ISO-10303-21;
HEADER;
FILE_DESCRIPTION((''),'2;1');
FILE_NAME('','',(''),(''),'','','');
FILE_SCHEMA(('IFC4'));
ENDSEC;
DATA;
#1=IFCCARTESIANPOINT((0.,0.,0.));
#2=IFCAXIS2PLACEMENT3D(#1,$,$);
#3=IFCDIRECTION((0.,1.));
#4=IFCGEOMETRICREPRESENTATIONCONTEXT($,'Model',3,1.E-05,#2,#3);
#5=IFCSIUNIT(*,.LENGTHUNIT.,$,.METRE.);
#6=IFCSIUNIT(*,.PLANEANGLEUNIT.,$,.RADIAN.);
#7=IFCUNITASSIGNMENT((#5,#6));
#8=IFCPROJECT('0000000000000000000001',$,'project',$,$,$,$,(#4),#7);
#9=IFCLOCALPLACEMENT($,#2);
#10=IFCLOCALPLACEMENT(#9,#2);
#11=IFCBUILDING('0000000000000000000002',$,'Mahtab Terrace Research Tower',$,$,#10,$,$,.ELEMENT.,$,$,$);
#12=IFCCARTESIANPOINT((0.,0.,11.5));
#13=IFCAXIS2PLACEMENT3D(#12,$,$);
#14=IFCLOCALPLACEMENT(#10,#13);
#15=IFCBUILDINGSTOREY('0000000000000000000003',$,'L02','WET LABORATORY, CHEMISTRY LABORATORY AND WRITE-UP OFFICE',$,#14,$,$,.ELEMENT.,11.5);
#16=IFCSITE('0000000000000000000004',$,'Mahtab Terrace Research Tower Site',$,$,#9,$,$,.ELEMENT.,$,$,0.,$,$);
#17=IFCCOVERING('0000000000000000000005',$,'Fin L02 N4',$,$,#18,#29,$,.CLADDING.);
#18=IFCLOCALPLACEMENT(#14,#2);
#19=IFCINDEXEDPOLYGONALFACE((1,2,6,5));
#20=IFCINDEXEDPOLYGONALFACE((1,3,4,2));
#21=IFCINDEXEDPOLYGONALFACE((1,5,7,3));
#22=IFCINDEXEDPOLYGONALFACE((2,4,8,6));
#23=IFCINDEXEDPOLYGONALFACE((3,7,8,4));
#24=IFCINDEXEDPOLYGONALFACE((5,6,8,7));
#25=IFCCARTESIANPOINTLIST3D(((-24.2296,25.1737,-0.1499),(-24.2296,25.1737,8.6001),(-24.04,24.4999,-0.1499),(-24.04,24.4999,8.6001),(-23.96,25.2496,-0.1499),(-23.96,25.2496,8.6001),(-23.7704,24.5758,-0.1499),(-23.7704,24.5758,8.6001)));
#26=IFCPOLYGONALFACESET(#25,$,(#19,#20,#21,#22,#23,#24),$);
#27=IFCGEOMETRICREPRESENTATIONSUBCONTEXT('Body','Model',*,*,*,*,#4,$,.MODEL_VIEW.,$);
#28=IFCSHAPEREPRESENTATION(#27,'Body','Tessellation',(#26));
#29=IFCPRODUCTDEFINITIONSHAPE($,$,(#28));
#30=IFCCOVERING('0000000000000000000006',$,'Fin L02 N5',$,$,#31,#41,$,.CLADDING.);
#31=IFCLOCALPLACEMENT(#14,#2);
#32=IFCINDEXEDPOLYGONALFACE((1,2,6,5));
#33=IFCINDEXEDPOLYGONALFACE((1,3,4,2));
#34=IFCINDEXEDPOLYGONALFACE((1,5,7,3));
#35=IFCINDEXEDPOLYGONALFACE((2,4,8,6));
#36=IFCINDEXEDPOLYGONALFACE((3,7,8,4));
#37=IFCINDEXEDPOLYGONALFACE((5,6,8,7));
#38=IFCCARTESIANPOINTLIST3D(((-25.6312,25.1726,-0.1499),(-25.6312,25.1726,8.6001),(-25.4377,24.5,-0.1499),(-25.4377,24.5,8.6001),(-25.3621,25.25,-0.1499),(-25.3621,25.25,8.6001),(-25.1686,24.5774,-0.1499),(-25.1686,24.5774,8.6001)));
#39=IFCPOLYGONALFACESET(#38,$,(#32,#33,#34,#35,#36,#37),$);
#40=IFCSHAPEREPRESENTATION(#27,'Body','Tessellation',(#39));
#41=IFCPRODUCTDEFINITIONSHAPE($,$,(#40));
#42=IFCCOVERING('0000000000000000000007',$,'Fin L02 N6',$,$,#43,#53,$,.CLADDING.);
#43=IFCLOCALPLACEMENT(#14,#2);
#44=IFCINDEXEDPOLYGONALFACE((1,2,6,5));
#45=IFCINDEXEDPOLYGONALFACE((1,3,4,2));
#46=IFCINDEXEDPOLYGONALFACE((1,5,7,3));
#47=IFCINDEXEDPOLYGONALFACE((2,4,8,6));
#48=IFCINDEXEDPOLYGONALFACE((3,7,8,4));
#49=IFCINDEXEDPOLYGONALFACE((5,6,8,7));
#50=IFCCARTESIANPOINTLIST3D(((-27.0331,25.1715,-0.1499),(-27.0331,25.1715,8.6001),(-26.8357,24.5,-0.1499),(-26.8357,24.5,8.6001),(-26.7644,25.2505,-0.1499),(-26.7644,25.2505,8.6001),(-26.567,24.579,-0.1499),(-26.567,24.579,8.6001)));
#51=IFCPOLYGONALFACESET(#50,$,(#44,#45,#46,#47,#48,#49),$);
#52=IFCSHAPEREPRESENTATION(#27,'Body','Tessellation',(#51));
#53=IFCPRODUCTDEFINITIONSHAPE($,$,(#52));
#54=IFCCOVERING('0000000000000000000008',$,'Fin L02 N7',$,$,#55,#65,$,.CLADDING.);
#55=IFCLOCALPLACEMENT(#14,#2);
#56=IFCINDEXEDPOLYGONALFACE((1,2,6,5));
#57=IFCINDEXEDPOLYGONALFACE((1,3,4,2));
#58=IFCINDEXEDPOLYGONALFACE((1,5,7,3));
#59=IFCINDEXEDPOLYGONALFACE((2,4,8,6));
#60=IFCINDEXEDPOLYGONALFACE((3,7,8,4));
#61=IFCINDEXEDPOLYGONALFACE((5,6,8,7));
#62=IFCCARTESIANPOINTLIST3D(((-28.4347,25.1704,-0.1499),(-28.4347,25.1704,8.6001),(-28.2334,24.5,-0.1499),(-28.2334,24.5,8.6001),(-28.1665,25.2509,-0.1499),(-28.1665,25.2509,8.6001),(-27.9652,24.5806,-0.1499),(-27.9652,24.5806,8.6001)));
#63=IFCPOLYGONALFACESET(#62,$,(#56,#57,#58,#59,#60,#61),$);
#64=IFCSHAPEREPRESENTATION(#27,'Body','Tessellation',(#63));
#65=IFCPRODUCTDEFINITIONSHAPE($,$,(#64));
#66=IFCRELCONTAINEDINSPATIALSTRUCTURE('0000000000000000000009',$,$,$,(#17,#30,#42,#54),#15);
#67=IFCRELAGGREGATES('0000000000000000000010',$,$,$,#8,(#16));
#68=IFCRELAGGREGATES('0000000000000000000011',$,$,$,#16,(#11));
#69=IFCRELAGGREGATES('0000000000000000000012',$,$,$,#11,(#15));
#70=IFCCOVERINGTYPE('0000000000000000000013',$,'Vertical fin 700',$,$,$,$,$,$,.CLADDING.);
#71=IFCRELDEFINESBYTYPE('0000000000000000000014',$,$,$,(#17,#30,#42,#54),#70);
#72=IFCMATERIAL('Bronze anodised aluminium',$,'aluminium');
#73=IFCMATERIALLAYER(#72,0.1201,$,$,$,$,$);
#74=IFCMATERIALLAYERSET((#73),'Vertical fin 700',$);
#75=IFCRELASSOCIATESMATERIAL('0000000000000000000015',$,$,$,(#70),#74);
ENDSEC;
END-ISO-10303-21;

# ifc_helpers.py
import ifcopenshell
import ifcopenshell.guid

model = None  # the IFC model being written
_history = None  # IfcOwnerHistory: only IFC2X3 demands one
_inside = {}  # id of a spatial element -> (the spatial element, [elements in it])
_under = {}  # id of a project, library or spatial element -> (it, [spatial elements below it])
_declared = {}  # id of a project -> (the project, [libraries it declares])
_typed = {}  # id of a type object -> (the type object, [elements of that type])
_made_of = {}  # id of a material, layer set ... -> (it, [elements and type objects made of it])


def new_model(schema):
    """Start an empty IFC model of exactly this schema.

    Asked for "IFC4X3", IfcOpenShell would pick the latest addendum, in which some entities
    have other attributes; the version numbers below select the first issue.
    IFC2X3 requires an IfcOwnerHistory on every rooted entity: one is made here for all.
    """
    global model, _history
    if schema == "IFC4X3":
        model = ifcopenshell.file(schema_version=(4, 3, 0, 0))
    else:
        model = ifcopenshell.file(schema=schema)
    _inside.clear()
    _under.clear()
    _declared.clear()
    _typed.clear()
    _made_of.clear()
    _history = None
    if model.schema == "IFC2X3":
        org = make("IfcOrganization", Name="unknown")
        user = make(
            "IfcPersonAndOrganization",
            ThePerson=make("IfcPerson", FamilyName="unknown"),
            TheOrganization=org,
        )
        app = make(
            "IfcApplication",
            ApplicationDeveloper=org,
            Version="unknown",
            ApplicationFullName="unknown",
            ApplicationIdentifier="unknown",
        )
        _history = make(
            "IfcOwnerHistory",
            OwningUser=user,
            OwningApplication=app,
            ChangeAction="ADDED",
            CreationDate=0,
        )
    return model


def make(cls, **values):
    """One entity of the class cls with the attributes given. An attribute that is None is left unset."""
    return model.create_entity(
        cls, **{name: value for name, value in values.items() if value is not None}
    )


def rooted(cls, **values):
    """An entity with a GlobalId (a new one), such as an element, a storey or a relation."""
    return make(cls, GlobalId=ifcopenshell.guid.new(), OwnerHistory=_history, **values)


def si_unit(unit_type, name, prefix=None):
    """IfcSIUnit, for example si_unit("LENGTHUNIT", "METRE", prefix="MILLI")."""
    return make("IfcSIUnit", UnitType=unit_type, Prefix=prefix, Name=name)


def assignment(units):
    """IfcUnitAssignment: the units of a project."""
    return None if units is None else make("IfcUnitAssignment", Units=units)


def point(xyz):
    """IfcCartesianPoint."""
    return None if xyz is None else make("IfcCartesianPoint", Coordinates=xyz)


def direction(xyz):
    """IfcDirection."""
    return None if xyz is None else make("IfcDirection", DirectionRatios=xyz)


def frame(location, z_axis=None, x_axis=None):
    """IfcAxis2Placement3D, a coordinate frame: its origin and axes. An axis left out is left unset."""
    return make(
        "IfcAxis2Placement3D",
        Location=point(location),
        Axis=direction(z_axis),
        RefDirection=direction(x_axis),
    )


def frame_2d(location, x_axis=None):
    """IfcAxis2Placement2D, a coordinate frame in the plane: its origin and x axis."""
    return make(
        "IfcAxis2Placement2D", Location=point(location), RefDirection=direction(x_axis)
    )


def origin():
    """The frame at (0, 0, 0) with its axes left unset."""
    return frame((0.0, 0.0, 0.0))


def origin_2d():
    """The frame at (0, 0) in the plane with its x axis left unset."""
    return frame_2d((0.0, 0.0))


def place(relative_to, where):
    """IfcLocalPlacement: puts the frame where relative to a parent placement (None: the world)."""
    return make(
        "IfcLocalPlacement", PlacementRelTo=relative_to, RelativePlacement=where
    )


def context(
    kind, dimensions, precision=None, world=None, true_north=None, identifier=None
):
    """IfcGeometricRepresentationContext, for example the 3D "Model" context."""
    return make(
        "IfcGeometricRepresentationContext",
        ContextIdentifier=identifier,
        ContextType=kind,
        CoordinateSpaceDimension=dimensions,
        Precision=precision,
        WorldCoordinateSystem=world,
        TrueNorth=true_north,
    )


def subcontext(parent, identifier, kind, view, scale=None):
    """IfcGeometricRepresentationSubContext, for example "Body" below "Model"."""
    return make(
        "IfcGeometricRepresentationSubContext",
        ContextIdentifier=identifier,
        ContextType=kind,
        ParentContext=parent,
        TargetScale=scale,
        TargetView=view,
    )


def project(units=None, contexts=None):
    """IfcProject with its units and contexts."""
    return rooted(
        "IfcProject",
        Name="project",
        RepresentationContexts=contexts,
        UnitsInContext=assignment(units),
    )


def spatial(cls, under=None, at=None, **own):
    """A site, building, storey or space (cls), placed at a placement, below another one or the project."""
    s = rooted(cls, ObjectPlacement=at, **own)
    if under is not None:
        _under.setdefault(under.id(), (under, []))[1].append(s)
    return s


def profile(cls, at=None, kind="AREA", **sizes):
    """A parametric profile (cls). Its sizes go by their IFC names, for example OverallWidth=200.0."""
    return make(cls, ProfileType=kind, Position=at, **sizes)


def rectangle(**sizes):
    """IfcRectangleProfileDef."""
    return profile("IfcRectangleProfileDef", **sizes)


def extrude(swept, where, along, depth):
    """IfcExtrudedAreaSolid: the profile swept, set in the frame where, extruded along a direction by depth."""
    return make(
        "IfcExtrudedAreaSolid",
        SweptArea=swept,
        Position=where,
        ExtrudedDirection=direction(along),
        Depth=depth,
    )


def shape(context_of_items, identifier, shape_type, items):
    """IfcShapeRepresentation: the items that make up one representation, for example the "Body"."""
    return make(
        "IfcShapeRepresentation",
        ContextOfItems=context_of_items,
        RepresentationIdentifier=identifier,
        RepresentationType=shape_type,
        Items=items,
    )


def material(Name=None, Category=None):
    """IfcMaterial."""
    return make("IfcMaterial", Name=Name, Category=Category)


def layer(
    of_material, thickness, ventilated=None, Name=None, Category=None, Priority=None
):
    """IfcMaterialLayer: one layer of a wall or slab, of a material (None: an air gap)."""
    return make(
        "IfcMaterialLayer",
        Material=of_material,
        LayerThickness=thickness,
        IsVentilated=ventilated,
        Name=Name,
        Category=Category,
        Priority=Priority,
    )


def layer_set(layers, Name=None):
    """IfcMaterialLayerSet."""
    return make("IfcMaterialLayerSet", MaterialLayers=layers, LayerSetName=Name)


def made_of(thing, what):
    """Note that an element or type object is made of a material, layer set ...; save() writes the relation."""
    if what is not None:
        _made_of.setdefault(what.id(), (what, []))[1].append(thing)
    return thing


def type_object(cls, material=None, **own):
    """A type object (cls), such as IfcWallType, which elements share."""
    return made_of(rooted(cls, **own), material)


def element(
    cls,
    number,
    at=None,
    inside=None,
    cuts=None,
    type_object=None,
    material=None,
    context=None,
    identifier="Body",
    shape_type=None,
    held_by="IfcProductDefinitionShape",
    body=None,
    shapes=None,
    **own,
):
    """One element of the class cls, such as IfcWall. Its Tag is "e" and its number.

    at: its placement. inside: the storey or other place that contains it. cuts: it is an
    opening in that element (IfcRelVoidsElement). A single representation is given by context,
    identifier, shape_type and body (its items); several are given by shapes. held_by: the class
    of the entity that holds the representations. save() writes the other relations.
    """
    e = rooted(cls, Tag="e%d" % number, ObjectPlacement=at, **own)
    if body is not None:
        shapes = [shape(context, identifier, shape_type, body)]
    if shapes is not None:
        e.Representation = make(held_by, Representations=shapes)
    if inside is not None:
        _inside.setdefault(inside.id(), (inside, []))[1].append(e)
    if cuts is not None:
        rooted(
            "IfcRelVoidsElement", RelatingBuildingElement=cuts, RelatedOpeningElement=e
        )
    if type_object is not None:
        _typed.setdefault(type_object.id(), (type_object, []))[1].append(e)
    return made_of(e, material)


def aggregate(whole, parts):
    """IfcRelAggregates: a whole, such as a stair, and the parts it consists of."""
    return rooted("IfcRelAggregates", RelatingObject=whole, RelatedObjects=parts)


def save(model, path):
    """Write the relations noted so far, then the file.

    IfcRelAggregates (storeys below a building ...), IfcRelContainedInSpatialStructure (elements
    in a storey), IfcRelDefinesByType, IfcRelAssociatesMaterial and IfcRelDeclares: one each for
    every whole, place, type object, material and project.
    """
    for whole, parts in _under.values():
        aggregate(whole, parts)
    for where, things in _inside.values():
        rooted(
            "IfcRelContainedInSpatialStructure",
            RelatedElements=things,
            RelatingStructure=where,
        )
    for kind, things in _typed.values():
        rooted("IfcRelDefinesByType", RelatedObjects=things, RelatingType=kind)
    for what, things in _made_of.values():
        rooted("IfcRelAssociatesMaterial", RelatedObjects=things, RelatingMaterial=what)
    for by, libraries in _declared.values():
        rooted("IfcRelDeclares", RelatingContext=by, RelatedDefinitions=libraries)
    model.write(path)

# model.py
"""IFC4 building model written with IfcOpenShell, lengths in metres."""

from ifc_helpers import new_model, si_unit, direction, frame, origin, origin_2d, place, context, subcontext, project, spatial, rectangle, extrude, material, layer, layer_set, type_object, element, save


model = new_model("IFC4")

# Units and contexts
model_context = context("Model", 3, precision=1e-05, world=origin(), true_north=direction((0.0, 1.0)))
body_context = subcontext(model_context, "Body", "Model", "MODEL_VIEW")
ifc_project = project(units=[si_unit("LENGTHUNIT", "METRE"), si_unit("PLANEANGLEUNIT", "RADIAN")], contexts=[model_context])

# Site, building, storey
site_placement = place(None, origin())
site = spatial("IfcSite", under=ifc_project, at=site_placement, Name="Mahtab Terrace Research Tower Site", CompositionType="ELEMENT", RefElevation=0.0)
building_placement = place(site_placement, origin())
building = spatial("IfcBuilding", under=site, at=building_placement, Name="Mahtab Terrace Research Tower", CompositionType="ELEMENT")
storey_placement = place(building_placement, frame((0.0, 0.0, 11.5)))
storey = spatial("IfcBuildingStorey", under=building, at=storey_placement, Name="L02", Description="WET LABORATORY, CHEMISTRY LABORATORY AND WRITE-UP OFFICE", CompositionType="ELEMENT", Elevation=11.5)

# Coverings
ifc_material_1 = material(Name="Bronze anodised aluminium", Category="aluminium")
ifc_layer_1 = layer(ifc_material_1, 0.1201)
ifc_layer_set_1 = layer_set([ifc_layer_1], Name="Vertical fin 700")
covering_type = type_object("IfcCoveringType", Name="Vertical fin 700", PredefinedType="CLADDING", material=ifc_layer_set_1)
for number, where, z_axis, x_axis, name in (
    (1, (-24.0, 24.8748, -0.1499), (0.0, 0.0, 1.0), (-0.962624, -0.27084, 0.0), "Fin L02 N4"),
    (2, (-25.3999, 24.875, -0.1499), (0.0, 0.0, 1.0), (-0.961032, -0.276436, 0.0), "Fin L02 N5"),
    (3, (-26.8, 24.8752, -0.1499), (0.0, 0.0, 1.0), (-0.959408, -0.282023, 0.0), "Fin L02 N6"),
    (4, (-28.2, 24.8755, -0.1499), (0.0, 0.0, 1.0), (-0.957751, -0.287599, 0.0), "Fin L02 N7"),
):
    element("IfcCovering", number, at=place(storey_placement, frame(where, z_axis=z_axis, x_axis=x_axis)), inside=storey, type_object=covering_type, Name=name, PredefinedType="CLADDING", context=body_context, shape_type="SweptSolid", body=[
        extrude(rectangle(XDim=0.28, YDim=0.7, at=origin_2d()), origin(), (0.0, 0.0, 1.0), 8.75),
    ])

save(model, "model.ifc")
